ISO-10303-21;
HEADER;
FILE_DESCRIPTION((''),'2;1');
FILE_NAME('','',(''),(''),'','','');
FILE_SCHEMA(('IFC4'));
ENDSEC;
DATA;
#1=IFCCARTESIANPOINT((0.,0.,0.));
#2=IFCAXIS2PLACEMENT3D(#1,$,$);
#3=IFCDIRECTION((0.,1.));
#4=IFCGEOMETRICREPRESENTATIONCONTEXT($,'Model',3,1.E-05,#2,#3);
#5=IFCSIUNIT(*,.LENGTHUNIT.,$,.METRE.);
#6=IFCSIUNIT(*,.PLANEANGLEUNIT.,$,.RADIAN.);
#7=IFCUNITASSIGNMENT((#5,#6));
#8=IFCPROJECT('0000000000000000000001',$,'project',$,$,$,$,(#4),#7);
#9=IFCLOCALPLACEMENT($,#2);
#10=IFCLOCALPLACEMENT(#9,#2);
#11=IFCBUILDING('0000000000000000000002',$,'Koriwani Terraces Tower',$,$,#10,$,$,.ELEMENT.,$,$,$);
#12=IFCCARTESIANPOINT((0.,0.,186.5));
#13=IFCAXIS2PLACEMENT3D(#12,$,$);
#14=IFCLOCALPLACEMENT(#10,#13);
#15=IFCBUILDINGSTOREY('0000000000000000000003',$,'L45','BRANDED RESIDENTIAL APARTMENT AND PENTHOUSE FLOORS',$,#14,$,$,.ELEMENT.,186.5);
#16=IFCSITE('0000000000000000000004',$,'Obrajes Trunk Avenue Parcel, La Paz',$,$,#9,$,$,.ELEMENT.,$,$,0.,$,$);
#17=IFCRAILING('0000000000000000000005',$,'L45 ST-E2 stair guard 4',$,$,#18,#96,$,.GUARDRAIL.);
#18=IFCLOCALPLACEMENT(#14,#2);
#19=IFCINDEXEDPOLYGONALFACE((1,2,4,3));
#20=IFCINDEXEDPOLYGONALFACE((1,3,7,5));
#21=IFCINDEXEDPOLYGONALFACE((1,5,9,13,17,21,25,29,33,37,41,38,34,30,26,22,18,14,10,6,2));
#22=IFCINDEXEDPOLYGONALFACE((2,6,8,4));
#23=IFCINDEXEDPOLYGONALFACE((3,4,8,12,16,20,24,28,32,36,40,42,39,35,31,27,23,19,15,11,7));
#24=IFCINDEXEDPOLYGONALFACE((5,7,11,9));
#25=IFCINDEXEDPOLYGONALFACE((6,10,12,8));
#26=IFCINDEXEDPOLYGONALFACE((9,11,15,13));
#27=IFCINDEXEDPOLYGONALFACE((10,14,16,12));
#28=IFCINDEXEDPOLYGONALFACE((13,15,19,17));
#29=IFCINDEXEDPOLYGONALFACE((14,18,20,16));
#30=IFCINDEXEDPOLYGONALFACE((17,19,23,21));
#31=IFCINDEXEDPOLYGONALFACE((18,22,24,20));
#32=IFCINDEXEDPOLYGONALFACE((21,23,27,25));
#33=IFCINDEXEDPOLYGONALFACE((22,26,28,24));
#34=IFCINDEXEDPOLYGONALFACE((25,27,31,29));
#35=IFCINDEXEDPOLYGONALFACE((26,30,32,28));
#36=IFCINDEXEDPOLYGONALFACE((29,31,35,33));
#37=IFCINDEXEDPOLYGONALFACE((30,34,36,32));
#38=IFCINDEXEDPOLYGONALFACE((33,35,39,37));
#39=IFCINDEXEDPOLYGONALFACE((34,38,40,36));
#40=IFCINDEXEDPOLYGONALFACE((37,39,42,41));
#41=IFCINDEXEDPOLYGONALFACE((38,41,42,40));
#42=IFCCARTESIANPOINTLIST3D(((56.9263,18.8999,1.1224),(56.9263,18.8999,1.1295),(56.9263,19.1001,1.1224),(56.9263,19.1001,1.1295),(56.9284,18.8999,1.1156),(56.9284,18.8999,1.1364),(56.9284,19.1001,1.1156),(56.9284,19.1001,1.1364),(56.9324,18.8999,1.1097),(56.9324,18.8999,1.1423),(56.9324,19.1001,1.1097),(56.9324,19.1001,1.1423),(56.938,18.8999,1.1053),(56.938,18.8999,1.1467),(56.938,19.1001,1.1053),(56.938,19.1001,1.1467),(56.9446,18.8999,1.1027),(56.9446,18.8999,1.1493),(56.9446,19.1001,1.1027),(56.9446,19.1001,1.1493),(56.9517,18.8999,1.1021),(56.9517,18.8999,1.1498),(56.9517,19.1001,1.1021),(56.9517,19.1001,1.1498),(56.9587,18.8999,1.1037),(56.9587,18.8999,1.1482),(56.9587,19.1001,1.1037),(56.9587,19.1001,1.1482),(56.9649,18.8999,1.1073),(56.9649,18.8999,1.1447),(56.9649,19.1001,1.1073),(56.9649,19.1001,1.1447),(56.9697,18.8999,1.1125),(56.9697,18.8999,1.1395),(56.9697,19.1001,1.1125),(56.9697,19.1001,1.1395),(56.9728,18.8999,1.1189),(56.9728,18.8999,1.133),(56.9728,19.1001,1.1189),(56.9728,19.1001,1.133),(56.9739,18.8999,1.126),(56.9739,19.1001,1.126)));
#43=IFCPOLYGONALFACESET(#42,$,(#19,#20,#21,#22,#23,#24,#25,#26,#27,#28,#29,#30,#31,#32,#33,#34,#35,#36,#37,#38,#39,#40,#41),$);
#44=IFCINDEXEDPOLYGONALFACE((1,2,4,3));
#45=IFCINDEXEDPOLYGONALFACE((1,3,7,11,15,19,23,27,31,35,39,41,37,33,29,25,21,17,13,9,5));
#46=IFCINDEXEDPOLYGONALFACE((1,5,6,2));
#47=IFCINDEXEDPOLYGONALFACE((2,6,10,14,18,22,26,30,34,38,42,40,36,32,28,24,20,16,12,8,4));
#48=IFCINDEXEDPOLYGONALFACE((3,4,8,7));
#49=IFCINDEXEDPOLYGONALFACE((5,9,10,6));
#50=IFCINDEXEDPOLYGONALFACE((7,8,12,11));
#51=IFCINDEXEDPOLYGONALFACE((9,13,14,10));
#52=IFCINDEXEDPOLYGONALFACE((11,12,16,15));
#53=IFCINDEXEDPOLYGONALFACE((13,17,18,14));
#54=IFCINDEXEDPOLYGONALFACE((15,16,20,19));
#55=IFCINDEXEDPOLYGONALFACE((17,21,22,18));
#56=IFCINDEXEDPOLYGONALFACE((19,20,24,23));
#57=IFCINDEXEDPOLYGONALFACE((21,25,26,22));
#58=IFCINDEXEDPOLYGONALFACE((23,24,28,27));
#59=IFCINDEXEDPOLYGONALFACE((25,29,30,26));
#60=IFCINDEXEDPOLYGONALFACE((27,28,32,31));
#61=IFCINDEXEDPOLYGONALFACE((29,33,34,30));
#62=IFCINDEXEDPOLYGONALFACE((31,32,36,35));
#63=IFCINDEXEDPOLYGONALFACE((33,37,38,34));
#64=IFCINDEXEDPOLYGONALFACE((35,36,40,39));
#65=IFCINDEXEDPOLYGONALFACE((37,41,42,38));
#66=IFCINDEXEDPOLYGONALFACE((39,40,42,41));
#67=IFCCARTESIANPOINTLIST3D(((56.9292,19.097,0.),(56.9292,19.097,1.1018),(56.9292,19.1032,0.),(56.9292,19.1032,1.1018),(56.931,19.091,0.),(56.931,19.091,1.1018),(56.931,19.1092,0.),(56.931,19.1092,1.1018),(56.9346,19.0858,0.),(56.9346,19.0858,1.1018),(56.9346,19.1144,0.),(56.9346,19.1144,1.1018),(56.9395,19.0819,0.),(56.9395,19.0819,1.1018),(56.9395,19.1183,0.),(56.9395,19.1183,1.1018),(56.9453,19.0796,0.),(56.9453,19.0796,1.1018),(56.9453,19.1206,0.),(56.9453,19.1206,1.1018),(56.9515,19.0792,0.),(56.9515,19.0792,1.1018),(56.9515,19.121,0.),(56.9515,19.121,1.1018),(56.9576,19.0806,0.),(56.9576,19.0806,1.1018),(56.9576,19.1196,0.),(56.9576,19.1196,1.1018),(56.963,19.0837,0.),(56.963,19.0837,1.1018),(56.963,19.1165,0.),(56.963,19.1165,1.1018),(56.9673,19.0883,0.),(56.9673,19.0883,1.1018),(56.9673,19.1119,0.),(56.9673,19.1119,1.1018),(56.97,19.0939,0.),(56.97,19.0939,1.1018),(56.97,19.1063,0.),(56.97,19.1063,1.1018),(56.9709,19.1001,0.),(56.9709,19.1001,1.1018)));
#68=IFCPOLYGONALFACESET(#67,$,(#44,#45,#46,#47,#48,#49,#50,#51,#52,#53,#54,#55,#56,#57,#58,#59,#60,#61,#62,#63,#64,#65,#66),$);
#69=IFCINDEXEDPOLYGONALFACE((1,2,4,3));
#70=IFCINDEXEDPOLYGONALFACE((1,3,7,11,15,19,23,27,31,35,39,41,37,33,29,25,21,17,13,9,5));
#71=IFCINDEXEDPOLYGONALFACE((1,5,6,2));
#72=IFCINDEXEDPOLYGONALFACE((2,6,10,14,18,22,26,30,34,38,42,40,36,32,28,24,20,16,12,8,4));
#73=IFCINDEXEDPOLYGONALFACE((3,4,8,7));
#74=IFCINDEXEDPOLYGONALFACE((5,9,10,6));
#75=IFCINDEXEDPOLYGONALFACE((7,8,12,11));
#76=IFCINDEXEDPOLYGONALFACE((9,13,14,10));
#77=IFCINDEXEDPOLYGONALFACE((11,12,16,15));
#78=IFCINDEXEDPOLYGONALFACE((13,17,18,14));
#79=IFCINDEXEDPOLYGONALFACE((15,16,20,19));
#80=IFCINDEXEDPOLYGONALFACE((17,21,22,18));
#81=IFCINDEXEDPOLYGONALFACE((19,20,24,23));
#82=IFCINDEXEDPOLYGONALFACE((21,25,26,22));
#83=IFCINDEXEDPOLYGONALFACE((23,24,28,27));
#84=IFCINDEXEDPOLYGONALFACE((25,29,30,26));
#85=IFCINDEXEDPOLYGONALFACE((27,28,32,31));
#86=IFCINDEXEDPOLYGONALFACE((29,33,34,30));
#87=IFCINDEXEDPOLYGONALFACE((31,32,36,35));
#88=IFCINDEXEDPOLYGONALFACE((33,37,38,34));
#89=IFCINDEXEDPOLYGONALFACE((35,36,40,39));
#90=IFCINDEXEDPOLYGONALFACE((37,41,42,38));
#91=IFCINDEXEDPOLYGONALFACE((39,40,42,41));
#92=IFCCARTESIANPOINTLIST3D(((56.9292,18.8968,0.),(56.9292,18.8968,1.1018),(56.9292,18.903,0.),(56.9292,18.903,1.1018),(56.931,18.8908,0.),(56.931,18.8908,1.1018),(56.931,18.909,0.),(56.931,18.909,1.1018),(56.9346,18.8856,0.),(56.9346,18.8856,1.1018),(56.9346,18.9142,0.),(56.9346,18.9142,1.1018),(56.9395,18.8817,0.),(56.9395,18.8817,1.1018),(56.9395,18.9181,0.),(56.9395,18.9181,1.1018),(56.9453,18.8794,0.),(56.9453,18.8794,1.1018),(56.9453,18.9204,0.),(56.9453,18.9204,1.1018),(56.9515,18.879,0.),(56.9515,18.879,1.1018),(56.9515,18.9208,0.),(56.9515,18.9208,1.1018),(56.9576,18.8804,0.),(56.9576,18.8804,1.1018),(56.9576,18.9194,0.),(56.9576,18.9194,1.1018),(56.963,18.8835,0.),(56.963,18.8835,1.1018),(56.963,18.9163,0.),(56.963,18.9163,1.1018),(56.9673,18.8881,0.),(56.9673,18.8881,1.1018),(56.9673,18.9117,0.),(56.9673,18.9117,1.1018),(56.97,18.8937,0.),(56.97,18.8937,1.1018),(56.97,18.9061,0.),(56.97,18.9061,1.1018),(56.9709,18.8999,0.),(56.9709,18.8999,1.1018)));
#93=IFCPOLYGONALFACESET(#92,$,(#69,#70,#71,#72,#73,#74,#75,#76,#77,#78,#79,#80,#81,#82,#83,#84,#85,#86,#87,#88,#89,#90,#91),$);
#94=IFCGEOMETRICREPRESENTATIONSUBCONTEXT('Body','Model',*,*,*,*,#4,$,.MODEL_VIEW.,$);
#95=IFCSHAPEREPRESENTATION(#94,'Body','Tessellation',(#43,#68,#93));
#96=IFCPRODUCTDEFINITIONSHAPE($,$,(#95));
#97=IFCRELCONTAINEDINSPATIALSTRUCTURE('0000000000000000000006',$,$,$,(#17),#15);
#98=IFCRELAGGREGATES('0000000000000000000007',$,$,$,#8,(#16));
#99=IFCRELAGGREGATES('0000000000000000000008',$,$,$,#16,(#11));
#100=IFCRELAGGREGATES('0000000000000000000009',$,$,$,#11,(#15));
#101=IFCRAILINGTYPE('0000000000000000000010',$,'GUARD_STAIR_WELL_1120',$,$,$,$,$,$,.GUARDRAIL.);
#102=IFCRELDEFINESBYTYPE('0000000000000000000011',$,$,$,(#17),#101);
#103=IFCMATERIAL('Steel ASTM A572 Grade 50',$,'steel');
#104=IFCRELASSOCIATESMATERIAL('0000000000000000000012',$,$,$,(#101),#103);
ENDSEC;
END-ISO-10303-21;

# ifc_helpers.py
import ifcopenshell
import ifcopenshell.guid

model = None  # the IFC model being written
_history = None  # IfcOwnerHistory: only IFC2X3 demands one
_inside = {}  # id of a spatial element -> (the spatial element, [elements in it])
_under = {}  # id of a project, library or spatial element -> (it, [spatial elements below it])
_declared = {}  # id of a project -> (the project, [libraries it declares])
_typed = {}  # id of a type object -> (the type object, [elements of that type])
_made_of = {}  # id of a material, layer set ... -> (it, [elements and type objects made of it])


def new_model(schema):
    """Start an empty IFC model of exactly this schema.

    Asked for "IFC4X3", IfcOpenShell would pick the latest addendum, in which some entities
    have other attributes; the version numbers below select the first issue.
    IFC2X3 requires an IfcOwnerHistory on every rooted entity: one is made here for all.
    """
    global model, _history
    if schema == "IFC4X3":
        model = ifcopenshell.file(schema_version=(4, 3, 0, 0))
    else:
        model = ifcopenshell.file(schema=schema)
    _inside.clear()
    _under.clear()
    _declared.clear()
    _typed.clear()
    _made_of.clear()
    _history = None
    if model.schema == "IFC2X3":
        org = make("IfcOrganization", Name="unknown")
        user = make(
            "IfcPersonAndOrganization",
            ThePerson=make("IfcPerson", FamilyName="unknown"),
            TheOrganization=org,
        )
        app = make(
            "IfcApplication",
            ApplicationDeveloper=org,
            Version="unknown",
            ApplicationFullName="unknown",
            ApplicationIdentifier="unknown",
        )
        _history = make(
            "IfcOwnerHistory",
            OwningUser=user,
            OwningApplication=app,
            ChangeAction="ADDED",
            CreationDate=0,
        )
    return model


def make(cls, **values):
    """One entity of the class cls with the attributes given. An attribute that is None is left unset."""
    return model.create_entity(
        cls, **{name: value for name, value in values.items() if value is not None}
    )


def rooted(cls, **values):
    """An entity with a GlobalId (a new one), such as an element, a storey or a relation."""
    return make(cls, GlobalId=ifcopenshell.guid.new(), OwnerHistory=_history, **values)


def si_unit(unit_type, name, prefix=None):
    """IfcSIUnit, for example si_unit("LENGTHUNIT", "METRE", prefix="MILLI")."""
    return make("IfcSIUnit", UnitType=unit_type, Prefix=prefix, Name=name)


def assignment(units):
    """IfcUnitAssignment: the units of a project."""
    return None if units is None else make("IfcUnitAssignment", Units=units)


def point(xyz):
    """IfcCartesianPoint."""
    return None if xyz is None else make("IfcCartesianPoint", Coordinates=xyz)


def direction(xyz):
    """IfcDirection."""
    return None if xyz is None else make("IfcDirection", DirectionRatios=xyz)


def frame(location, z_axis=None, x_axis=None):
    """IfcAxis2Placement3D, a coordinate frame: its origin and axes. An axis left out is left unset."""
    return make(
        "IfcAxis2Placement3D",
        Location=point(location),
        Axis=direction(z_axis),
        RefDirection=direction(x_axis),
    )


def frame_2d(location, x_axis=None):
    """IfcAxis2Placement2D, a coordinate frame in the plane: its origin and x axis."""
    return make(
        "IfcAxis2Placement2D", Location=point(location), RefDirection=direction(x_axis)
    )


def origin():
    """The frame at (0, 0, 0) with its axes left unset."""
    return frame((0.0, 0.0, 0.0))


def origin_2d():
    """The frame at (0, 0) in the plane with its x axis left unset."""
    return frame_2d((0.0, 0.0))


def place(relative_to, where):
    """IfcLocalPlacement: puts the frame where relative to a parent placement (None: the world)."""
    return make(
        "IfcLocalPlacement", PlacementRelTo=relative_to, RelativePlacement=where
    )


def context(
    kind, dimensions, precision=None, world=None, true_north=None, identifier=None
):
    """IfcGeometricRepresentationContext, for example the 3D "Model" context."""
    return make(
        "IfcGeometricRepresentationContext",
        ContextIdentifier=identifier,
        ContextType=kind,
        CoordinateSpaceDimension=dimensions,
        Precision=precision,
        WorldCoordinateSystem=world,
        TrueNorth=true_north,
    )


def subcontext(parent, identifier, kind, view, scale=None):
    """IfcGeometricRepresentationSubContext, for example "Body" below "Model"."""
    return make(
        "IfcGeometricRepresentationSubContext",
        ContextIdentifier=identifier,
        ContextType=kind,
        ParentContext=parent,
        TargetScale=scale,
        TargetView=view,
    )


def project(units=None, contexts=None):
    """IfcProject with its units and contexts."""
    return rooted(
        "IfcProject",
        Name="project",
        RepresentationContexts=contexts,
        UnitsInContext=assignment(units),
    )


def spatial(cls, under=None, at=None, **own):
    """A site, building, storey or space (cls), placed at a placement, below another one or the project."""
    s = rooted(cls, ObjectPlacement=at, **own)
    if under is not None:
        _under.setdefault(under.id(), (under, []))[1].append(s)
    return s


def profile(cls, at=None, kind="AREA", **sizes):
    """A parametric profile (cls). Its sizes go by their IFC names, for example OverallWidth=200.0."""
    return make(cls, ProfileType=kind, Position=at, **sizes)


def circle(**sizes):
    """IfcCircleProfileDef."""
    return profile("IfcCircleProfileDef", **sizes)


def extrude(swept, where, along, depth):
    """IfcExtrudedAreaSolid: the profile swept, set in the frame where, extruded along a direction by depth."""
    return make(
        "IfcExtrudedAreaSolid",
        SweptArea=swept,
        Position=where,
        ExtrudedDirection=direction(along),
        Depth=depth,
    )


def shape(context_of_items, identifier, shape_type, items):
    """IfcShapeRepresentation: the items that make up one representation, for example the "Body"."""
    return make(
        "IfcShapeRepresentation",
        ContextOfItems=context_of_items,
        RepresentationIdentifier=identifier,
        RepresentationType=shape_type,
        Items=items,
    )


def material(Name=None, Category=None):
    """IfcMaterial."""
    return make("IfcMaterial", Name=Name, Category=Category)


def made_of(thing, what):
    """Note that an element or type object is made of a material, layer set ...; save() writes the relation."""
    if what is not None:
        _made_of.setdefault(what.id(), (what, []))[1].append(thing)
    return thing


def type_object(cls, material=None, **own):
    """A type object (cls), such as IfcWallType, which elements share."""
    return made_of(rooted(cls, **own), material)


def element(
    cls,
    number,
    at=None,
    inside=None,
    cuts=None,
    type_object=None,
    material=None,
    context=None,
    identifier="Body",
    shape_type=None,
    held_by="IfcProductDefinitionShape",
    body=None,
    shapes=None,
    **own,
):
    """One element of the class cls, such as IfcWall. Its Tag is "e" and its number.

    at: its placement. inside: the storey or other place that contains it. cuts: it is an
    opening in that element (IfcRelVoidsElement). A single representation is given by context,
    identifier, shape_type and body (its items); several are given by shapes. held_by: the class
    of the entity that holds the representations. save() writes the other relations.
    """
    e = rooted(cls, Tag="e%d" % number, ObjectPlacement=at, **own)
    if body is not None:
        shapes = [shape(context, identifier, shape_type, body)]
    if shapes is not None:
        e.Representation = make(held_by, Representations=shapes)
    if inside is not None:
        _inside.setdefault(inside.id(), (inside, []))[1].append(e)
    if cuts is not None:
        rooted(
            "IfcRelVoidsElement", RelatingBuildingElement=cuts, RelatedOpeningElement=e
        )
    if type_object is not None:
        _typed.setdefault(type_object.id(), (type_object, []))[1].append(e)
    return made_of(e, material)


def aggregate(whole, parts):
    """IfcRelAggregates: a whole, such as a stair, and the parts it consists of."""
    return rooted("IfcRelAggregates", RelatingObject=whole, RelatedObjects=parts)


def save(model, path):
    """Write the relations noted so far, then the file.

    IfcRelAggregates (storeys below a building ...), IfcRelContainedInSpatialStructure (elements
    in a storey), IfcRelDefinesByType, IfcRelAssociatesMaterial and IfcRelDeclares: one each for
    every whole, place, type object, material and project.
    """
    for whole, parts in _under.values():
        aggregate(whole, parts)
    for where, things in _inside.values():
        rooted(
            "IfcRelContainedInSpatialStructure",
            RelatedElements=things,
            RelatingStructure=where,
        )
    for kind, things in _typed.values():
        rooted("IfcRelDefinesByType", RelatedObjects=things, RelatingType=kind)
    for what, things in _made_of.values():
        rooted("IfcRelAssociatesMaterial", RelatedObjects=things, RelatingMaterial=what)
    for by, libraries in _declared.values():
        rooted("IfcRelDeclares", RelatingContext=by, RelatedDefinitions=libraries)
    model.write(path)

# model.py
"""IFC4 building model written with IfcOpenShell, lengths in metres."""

from ifc_helpers import new_model, si_unit, direction, frame, origin, origin_2d, place, context, subcontext, project, spatial, circle, extrude, material, type_object, element, save


model = new_model("IFC4")

# Units and contexts
model_context = context("Model", 3, precision=1e-05, world=origin(), true_north=direction((0.0, 1.0)))
body_context = subcontext(model_context, "Body", "Model", "MODEL_VIEW")
ifc_project = project(units=[si_unit("LENGTHUNIT", "METRE"), si_unit("PLANEANGLEUNIT", "RADIAN")], contexts=[model_context])

# Site, building, storey
site_placement = place(None, origin())
site = spatial("IfcSite", under=ifc_project, at=site_placement, Name="Obrajes Trunk Avenue Parcel, La Paz", CompositionType="ELEMENT", RefElevation=0.0)
building_placement = place(site_placement, origin())
building = spatial("IfcBuilding", under=site, at=building_placement, Name="Koriwani Terraces Tower", CompositionType="ELEMENT")
storey_placement = place(building_placement, frame((0.0, 0.0, 186.5)))
storey = spatial("IfcBuildingStorey", under=building, at=storey_placement, Name="L45", Description="BRANDED RESIDENTIAL APARTMENT AND PENTHOUSE FLOORS", CompositionType="ELEMENT", Elevation=186.5)

# Shared definitions
ifc_material_1 = material(Name="Steel ASTM A572 Grade 50", Category="steel")

# Railing
railing_type_1 = type_object("IfcRailingType", Name="GUARD_STAIR_WELL_1120", PredefinedType="GUARDRAIL", material=ifc_material_1)
railing_1_placement = place(storey_placement, frame((56.95, 19.1001, 0.0)))
element("IfcRailing", 1, at=railing_1_placement, inside=storey, type_object=railing_type_1, Name="L45 ST-E2 stair guard 4", PredefinedType="GUARDRAIL", context=body_context, shape_type="SweptSolid", body=[
    extrude(circle(Radius=0.0239, at=origin_2d()), frame((0.0, 0.0, 1.126), z_axis=(0.0, -1.0, 0.0), x_axis=(1.0, 0.0, 0.0)), (0.0, 0.0, 1.0), 0.2002),
    extrude(circle(Radius=0.021, at=origin_2d()), origin(), (0.0, 0.0, 1.0), 1.1018),
    extrude(circle(Radius=0.021, at=origin_2d()), frame((0.0, -0.2002, 0.0)), (0.0, 0.0, 1.0), 1.1018),
])

save(model, "model.ifc")
